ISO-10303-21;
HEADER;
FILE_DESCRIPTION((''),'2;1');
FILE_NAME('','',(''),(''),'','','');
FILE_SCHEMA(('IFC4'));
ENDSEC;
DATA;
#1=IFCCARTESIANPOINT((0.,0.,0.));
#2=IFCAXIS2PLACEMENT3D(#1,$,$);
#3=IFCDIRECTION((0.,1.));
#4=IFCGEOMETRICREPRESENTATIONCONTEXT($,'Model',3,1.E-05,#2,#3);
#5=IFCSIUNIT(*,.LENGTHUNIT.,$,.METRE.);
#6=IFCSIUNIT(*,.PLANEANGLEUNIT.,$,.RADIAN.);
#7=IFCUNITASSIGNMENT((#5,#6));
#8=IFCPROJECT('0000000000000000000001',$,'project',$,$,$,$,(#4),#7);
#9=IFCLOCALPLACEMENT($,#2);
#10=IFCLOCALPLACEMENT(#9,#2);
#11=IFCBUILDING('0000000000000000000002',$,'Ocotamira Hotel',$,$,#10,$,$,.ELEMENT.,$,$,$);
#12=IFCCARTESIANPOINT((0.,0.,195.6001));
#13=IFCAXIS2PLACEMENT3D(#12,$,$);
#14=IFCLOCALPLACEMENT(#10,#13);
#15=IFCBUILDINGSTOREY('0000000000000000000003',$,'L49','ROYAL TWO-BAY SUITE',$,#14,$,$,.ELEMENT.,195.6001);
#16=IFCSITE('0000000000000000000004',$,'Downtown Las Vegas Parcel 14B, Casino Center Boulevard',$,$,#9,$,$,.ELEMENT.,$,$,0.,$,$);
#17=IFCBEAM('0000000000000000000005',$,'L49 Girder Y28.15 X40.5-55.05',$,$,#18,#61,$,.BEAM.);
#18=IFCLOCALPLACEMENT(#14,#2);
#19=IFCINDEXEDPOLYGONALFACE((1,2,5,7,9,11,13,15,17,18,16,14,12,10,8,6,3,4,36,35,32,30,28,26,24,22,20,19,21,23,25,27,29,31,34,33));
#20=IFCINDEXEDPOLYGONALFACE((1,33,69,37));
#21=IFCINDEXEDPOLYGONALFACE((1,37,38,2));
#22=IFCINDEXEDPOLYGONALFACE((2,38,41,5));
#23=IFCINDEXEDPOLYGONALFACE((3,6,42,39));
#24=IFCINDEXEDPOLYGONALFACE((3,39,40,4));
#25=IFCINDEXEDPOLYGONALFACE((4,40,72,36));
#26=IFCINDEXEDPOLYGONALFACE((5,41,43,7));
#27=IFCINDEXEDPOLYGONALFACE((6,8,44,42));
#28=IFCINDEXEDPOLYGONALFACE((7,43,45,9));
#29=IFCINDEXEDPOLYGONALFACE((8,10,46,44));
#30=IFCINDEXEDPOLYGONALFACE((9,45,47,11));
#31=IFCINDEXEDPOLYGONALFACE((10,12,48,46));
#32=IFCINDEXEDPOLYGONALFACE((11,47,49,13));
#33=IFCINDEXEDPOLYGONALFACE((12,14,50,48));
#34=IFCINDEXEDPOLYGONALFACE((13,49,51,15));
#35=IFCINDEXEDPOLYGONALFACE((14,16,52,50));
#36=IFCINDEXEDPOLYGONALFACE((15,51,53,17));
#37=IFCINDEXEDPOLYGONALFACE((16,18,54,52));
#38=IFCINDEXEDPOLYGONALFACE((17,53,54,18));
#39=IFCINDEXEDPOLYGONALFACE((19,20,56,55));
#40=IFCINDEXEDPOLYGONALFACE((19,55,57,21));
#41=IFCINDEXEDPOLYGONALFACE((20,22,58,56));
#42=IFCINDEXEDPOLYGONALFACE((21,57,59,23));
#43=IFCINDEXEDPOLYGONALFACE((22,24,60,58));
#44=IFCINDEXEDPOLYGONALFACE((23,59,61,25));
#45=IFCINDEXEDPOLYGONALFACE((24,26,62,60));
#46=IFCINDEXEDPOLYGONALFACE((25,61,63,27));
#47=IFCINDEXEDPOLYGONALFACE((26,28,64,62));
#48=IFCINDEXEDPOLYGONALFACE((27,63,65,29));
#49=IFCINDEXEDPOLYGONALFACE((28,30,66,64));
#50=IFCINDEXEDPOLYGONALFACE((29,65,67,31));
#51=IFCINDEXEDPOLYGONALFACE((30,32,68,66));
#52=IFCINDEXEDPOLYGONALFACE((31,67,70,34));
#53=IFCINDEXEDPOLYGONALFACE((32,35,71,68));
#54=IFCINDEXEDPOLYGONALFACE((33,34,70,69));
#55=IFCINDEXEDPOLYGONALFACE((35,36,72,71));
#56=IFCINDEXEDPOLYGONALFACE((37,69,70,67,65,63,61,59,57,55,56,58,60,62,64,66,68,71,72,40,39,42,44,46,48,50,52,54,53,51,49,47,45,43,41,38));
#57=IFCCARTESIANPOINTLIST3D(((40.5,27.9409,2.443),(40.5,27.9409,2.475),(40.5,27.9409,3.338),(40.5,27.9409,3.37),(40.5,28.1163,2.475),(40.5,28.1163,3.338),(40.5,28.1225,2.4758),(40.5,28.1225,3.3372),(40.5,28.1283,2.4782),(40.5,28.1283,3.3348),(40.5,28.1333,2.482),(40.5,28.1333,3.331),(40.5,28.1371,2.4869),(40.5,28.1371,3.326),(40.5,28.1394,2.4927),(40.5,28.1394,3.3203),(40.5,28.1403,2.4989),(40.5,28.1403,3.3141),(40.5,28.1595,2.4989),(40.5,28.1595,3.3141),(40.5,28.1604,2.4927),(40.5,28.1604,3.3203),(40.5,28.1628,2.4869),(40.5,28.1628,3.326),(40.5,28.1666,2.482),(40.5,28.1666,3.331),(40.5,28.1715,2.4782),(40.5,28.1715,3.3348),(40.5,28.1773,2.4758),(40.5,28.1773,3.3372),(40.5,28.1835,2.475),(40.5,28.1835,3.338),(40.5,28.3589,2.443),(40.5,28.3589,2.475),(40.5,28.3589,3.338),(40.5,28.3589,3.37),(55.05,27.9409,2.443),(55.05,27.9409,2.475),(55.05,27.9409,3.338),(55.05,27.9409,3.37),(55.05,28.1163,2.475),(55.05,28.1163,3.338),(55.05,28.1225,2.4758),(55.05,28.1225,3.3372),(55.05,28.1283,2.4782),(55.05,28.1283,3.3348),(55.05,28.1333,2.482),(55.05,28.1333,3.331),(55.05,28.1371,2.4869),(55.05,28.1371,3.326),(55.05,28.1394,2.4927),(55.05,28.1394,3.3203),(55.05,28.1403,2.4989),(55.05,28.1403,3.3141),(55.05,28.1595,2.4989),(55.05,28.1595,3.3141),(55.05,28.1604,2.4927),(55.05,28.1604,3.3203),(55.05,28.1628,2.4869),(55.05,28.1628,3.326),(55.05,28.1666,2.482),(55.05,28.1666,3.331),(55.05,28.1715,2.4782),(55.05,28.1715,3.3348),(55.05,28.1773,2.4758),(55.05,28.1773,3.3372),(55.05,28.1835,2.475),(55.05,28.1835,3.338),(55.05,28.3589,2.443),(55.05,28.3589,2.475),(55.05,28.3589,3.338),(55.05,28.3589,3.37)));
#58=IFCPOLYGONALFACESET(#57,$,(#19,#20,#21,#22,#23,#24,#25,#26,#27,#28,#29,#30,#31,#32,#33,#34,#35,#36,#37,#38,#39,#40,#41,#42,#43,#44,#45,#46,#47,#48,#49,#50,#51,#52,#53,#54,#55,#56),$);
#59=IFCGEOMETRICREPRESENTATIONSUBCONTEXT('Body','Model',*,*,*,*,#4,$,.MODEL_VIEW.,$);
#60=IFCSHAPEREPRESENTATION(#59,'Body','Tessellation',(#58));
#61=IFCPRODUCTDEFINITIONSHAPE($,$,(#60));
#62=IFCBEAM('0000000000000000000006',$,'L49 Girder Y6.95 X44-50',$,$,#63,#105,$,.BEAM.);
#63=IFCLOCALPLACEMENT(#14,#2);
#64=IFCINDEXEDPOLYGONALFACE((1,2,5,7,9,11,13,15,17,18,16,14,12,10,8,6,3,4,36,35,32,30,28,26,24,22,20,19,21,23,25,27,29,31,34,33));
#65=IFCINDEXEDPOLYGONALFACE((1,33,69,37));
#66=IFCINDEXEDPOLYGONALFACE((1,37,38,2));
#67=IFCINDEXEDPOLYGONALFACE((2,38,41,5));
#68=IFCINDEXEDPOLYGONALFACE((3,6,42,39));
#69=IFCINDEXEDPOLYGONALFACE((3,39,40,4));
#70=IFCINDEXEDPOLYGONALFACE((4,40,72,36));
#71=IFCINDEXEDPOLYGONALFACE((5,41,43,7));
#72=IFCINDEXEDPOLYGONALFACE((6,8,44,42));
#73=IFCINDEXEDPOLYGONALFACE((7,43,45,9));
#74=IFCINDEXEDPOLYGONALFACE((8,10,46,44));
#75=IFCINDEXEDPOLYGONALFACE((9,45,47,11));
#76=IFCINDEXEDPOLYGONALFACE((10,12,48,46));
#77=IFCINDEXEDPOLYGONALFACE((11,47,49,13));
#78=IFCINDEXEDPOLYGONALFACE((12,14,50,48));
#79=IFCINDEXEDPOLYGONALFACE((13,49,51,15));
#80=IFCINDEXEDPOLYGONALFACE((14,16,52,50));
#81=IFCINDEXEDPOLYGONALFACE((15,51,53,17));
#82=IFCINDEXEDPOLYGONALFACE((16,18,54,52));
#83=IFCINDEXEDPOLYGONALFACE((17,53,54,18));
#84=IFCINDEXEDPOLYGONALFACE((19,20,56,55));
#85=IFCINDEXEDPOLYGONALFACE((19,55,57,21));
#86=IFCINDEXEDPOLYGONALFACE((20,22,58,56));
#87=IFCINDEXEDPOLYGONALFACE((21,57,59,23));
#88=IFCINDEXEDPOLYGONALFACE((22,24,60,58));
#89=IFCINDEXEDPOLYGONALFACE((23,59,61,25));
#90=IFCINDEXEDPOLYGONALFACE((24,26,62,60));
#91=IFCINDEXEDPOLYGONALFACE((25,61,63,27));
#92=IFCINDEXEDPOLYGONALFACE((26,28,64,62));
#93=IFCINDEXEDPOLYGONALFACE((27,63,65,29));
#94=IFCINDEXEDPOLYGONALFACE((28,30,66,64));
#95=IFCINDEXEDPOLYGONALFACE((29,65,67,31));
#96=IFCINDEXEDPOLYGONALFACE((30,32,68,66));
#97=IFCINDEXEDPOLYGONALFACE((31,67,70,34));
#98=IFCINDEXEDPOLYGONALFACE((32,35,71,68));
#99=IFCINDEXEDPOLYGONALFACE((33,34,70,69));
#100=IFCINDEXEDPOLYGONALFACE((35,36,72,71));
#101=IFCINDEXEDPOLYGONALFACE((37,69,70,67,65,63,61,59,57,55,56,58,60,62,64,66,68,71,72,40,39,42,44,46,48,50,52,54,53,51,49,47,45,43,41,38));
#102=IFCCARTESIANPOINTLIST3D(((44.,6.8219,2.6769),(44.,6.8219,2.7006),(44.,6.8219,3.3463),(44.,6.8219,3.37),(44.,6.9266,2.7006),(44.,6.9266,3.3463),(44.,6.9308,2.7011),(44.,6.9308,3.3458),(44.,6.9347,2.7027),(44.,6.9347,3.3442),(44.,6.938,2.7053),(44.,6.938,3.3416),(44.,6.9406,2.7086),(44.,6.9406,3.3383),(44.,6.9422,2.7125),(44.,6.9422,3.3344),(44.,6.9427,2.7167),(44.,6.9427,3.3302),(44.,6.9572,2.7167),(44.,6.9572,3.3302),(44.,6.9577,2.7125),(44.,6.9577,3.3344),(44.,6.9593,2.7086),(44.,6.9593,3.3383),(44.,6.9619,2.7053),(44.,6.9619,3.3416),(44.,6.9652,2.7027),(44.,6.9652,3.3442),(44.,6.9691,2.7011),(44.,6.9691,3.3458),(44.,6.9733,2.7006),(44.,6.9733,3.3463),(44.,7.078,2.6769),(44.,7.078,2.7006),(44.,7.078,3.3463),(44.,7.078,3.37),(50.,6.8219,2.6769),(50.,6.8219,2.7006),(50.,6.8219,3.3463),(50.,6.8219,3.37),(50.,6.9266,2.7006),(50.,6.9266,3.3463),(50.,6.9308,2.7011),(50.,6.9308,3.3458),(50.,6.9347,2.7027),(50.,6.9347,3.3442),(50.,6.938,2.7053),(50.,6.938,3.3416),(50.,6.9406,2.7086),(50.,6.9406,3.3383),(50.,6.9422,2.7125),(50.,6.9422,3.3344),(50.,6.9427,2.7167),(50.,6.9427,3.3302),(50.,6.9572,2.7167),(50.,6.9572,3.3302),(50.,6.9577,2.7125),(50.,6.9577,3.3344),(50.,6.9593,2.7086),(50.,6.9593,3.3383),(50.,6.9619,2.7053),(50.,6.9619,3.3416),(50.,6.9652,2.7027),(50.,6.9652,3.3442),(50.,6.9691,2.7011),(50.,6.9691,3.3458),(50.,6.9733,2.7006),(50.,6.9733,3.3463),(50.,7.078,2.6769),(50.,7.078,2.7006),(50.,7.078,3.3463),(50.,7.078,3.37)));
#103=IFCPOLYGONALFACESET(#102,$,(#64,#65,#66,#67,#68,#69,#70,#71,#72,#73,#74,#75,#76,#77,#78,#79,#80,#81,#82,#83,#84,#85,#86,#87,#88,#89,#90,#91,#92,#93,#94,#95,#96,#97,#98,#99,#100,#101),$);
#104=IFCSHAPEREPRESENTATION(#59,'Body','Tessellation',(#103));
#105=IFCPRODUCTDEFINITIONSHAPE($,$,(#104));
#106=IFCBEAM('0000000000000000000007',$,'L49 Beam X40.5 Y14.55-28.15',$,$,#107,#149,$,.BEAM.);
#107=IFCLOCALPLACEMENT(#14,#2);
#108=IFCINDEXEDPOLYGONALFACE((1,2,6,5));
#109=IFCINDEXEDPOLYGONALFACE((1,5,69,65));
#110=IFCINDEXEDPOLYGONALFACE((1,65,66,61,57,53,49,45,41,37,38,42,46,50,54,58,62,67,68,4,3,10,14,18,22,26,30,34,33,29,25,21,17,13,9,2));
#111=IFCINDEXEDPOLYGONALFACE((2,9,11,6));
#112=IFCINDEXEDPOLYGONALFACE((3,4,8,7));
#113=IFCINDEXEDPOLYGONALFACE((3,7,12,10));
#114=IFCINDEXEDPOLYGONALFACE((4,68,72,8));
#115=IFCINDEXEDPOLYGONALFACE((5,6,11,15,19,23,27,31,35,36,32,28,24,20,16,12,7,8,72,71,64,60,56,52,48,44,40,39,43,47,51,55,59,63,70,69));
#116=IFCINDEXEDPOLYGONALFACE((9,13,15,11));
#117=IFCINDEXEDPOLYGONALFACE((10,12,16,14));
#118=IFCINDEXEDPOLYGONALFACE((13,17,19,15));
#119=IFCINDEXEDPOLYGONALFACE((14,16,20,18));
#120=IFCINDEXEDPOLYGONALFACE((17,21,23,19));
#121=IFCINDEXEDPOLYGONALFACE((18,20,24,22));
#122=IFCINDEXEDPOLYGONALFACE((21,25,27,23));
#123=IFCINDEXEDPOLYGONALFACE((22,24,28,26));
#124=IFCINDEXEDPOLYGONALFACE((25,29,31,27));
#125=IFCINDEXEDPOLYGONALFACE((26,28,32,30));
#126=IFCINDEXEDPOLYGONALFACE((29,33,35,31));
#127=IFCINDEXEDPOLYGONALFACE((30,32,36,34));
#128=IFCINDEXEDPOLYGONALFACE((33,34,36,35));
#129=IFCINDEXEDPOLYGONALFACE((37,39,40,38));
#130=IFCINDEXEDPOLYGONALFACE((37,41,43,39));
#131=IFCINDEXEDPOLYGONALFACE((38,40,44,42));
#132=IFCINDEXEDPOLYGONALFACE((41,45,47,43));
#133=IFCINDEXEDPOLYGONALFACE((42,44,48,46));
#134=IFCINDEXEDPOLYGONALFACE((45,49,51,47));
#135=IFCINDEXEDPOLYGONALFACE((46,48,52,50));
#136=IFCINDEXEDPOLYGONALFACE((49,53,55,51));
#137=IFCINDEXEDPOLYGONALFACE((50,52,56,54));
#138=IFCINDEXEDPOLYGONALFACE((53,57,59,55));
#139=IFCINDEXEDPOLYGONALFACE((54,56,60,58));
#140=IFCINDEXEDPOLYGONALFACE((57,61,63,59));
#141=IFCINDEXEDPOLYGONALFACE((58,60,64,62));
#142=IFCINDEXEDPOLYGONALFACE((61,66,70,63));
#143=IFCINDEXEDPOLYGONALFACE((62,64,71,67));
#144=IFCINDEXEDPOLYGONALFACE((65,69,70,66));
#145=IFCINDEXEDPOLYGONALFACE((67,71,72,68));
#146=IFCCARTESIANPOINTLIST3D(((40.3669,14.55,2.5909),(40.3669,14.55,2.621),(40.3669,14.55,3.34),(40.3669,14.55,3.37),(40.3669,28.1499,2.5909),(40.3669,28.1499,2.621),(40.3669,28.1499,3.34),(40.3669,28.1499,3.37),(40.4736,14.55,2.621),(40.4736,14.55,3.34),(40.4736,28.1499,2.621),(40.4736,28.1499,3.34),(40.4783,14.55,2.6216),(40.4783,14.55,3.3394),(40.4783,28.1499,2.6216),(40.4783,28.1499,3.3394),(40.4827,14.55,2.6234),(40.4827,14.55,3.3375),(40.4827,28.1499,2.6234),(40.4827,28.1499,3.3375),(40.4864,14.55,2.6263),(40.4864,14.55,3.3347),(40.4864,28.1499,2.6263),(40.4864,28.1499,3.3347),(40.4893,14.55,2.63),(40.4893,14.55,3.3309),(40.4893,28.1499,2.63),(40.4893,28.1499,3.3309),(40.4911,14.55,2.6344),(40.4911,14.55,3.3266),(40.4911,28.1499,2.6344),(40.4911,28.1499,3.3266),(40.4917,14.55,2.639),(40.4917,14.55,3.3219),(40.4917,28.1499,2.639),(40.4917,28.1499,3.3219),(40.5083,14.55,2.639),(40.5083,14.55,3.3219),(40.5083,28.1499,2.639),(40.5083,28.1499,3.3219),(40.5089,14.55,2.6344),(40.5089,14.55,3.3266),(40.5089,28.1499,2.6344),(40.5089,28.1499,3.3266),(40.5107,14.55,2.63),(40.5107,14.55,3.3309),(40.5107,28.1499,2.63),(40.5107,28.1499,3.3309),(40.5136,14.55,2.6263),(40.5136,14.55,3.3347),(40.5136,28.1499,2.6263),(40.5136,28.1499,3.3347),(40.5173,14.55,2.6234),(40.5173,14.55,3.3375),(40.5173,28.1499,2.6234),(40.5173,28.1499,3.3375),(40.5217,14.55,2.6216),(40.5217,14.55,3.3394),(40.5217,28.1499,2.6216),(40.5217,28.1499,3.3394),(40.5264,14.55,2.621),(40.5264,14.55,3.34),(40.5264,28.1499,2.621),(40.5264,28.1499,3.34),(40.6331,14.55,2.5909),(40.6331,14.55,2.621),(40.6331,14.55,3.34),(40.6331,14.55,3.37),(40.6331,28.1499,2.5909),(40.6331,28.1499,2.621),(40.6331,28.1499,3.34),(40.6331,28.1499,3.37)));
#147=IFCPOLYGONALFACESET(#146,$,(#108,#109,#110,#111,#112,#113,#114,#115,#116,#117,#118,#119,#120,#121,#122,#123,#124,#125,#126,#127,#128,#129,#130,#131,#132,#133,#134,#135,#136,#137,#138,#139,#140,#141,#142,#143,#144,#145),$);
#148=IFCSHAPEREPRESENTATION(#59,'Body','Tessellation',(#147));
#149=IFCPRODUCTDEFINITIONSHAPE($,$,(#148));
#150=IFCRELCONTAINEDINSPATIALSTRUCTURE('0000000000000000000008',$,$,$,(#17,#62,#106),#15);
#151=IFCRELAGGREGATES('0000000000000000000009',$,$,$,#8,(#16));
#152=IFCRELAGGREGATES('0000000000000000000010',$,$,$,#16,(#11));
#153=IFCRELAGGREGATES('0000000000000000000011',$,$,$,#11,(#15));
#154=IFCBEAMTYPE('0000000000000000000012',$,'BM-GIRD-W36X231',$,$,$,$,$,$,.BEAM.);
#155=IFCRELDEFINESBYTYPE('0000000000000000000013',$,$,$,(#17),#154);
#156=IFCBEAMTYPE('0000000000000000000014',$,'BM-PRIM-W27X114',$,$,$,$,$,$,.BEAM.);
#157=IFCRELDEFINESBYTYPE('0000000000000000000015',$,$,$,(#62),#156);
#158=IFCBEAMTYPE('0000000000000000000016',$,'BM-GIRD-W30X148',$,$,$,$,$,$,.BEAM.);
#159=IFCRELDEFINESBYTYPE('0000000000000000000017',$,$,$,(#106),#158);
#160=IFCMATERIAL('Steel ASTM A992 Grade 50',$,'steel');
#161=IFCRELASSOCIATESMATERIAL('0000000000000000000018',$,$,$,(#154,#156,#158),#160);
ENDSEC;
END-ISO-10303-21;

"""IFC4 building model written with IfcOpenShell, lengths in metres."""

from ifc_helpers import new_model, si_unit, direction, frame, origin, origin_2d, place, context, subcontext, project, spatial, i_section, extrude, source, transform, mapped, material, material_profile, profile_set, type_object, element, save


model = new_model("IFC4")

# Units and contexts
model_context = context("Model", 3, precision=1e-05, world=origin(), true_north=direction((0.0, 1.0)))
body_context = subcontext(model_context, "Body", "Model", "MODEL_VIEW")
ifc_project = project(units=[si_unit("LENGTHUNIT", "METRE"), si_unit("PLANEANGLEUNIT", "RADIAN")], contexts=[model_context])

# Site, building, storey
site_placement = place(None, origin())
site = spatial("IfcSite", under=ifc_project, at=site_placement, Name="Downtown Las Vegas Parcel 14B, Casino Center Boulevard", CompositionType="ELEMENT", RefElevation=0.0)
building_placement = place(site_placement, origin())
building = spatial("IfcBuilding", under=site, at=building_placement, Name="Ocotamira Hotel", CompositionType="ELEMENT")
storey_placement = place(building_placement, frame((0.0, 0.0, 195.6001)))
storey = spatial("IfcBuildingStorey", under=building, at=storey_placement, Name="L49", Description="ROYAL TWO-BAY SUITE", CompositionType="ELEMENT", Elevation=195.6001)

# Beams
ifc_material_1 = material(Name="Steel ASTM A992 Grade 50", Category="steel")
ifc_material_profile_1 = material_profile(ifc_material_1, i_section(OverallWidth=0.418, OverallDepth=0.927, WebThickness=0.0193, FlangeThickness=0.032, FilletRadius=0.0239, at=origin_2d()), Name="W36X231")
ifc_profile_set_1 = profile_set([ifc_material_profile_1], Name="Steel ASTM A992 Grade 50")
beam_type_1 = type_object("IfcBeamType", Name="BM-GIRD-W36X231", PredefinedType="BEAM", material=ifc_profile_set_1)
shared_shape_1 = source(origin(), body_context, "Body", "SweptSolid", [
    extrude(i_section(OverallWidth=0.418, OverallDepth=0.927, WebThickness=0.0193, FlangeThickness=0.032, FilletRadius=0.0239, at=origin_2d()), origin(), (0.0, 0.0, 1.0), 14.55),
])
for number, where, z_axis, x_axis, name in (
    (1, (40.5, 28.1499, 2.9065), (1.0, 0.0, 0.0), (0.0, 1.0, 0.0), "L49 Girder Y28.15 X40.5-55.05"),
):
    element("IfcBeam", number, at=place(storey_placement, frame(where, z_axis=z_axis, x_axis=x_axis)), inside=storey, type_object=beam_type_1, Name=name, PredefinedType="BEAM", context=body_context, shape_type="MappedRepresentation", body=[
        mapped(shared_shape_1, transform((0.0, 0.0, 0.0), scale=1.0)),
    ])
ifc_material_profile_2 = material_profile(ifc_material_1, i_section(OverallWidth=0.2561, OverallDepth=0.6931, WebThickness=0.0144, FlangeThickness=0.0237, FilletRadius=0.0161, at=origin_2d()), Name="W27X114")
ifc_profile_set_2 = profile_set([ifc_material_profile_2], Name="Steel ASTM A992 Grade 50")
beam_type_2 = type_object("IfcBeamType", Name="BM-PRIM-W27X114", PredefinedType="BEAM", material=ifc_profile_set_2)
shared_shape_2 = source(origin(), body_context, "Body", "SweptSolid", [
    extrude(i_section(OverallWidth=0.2561, OverallDepth=0.6931, WebThickness=0.0144, FlangeThickness=0.0237, FilletRadius=0.0161, at=origin_2d()), origin(), (0.0, 0.0, 1.0), 6.0),
])
beam_1_placement = place(storey_placement, frame((44.0, 6.95, 3.0234), z_axis=(1.0, 0.0, 0.0), x_axis=(0.0, 1.0, 0.0)))
element("IfcBeam", 2, at=beam_1_placement, inside=storey, type_object=beam_type_2, Name="L49 Girder Y6.95 X44-50", PredefinedType="BEAM", context=body_context, shape_type="MappedRepresentation", body=[
    mapped(shared_shape_2, transform((0.0, 0.0, 0.0), scale=1.0)),
])
ifc_material_profile_3 = material_profile(ifc_material_1, i_section(OverallWidth=0.2661, OverallDepth=0.7791, WebThickness=0.0166, FlangeThickness=0.03, FilletRadius=0.0181, at=origin_2d()), Name="W30X148")
ifc_profile_set_3 = profile_set([ifc_material_profile_3], Name="Steel ASTM A992 Grade 50")
beam_type_3 = type_object("IfcBeamType", Name="BM-GIRD-W30X148", PredefinedType="BEAM", material=ifc_profile_set_3)
shared_shape_3 = source(origin(), body_context, "Body", "SweptSolid", [
    extrude(i_section(OverallWidth=0.2661, OverallDepth=0.7791, WebThickness=0.0166, FlangeThickness=0.03, FilletRadius=0.0181, at=origin_2d()), origin(), (0.0, 0.0, 1.0), 13.5999),
])
beam_2_placement = place(storey_placement, frame((40.5, 14.55, 2.9805), z_axis=(0.0, 1.0, 0.0), x_axis=(-1.0, 0.0, 0.0)))
element("IfcBeam", 3, at=beam_2_placement, inside=storey, type_object=beam_type_3, Name="L49 Beam X40.5 Y14.55-28.15", PredefinedType="BEAM", context=body_context, shape_type="MappedRepresentation", body=[
    mapped(shared_shape_3, transform((0.0, 0.0, 0.0), scale=1.0)),
])

save(model, "model.ifc")
